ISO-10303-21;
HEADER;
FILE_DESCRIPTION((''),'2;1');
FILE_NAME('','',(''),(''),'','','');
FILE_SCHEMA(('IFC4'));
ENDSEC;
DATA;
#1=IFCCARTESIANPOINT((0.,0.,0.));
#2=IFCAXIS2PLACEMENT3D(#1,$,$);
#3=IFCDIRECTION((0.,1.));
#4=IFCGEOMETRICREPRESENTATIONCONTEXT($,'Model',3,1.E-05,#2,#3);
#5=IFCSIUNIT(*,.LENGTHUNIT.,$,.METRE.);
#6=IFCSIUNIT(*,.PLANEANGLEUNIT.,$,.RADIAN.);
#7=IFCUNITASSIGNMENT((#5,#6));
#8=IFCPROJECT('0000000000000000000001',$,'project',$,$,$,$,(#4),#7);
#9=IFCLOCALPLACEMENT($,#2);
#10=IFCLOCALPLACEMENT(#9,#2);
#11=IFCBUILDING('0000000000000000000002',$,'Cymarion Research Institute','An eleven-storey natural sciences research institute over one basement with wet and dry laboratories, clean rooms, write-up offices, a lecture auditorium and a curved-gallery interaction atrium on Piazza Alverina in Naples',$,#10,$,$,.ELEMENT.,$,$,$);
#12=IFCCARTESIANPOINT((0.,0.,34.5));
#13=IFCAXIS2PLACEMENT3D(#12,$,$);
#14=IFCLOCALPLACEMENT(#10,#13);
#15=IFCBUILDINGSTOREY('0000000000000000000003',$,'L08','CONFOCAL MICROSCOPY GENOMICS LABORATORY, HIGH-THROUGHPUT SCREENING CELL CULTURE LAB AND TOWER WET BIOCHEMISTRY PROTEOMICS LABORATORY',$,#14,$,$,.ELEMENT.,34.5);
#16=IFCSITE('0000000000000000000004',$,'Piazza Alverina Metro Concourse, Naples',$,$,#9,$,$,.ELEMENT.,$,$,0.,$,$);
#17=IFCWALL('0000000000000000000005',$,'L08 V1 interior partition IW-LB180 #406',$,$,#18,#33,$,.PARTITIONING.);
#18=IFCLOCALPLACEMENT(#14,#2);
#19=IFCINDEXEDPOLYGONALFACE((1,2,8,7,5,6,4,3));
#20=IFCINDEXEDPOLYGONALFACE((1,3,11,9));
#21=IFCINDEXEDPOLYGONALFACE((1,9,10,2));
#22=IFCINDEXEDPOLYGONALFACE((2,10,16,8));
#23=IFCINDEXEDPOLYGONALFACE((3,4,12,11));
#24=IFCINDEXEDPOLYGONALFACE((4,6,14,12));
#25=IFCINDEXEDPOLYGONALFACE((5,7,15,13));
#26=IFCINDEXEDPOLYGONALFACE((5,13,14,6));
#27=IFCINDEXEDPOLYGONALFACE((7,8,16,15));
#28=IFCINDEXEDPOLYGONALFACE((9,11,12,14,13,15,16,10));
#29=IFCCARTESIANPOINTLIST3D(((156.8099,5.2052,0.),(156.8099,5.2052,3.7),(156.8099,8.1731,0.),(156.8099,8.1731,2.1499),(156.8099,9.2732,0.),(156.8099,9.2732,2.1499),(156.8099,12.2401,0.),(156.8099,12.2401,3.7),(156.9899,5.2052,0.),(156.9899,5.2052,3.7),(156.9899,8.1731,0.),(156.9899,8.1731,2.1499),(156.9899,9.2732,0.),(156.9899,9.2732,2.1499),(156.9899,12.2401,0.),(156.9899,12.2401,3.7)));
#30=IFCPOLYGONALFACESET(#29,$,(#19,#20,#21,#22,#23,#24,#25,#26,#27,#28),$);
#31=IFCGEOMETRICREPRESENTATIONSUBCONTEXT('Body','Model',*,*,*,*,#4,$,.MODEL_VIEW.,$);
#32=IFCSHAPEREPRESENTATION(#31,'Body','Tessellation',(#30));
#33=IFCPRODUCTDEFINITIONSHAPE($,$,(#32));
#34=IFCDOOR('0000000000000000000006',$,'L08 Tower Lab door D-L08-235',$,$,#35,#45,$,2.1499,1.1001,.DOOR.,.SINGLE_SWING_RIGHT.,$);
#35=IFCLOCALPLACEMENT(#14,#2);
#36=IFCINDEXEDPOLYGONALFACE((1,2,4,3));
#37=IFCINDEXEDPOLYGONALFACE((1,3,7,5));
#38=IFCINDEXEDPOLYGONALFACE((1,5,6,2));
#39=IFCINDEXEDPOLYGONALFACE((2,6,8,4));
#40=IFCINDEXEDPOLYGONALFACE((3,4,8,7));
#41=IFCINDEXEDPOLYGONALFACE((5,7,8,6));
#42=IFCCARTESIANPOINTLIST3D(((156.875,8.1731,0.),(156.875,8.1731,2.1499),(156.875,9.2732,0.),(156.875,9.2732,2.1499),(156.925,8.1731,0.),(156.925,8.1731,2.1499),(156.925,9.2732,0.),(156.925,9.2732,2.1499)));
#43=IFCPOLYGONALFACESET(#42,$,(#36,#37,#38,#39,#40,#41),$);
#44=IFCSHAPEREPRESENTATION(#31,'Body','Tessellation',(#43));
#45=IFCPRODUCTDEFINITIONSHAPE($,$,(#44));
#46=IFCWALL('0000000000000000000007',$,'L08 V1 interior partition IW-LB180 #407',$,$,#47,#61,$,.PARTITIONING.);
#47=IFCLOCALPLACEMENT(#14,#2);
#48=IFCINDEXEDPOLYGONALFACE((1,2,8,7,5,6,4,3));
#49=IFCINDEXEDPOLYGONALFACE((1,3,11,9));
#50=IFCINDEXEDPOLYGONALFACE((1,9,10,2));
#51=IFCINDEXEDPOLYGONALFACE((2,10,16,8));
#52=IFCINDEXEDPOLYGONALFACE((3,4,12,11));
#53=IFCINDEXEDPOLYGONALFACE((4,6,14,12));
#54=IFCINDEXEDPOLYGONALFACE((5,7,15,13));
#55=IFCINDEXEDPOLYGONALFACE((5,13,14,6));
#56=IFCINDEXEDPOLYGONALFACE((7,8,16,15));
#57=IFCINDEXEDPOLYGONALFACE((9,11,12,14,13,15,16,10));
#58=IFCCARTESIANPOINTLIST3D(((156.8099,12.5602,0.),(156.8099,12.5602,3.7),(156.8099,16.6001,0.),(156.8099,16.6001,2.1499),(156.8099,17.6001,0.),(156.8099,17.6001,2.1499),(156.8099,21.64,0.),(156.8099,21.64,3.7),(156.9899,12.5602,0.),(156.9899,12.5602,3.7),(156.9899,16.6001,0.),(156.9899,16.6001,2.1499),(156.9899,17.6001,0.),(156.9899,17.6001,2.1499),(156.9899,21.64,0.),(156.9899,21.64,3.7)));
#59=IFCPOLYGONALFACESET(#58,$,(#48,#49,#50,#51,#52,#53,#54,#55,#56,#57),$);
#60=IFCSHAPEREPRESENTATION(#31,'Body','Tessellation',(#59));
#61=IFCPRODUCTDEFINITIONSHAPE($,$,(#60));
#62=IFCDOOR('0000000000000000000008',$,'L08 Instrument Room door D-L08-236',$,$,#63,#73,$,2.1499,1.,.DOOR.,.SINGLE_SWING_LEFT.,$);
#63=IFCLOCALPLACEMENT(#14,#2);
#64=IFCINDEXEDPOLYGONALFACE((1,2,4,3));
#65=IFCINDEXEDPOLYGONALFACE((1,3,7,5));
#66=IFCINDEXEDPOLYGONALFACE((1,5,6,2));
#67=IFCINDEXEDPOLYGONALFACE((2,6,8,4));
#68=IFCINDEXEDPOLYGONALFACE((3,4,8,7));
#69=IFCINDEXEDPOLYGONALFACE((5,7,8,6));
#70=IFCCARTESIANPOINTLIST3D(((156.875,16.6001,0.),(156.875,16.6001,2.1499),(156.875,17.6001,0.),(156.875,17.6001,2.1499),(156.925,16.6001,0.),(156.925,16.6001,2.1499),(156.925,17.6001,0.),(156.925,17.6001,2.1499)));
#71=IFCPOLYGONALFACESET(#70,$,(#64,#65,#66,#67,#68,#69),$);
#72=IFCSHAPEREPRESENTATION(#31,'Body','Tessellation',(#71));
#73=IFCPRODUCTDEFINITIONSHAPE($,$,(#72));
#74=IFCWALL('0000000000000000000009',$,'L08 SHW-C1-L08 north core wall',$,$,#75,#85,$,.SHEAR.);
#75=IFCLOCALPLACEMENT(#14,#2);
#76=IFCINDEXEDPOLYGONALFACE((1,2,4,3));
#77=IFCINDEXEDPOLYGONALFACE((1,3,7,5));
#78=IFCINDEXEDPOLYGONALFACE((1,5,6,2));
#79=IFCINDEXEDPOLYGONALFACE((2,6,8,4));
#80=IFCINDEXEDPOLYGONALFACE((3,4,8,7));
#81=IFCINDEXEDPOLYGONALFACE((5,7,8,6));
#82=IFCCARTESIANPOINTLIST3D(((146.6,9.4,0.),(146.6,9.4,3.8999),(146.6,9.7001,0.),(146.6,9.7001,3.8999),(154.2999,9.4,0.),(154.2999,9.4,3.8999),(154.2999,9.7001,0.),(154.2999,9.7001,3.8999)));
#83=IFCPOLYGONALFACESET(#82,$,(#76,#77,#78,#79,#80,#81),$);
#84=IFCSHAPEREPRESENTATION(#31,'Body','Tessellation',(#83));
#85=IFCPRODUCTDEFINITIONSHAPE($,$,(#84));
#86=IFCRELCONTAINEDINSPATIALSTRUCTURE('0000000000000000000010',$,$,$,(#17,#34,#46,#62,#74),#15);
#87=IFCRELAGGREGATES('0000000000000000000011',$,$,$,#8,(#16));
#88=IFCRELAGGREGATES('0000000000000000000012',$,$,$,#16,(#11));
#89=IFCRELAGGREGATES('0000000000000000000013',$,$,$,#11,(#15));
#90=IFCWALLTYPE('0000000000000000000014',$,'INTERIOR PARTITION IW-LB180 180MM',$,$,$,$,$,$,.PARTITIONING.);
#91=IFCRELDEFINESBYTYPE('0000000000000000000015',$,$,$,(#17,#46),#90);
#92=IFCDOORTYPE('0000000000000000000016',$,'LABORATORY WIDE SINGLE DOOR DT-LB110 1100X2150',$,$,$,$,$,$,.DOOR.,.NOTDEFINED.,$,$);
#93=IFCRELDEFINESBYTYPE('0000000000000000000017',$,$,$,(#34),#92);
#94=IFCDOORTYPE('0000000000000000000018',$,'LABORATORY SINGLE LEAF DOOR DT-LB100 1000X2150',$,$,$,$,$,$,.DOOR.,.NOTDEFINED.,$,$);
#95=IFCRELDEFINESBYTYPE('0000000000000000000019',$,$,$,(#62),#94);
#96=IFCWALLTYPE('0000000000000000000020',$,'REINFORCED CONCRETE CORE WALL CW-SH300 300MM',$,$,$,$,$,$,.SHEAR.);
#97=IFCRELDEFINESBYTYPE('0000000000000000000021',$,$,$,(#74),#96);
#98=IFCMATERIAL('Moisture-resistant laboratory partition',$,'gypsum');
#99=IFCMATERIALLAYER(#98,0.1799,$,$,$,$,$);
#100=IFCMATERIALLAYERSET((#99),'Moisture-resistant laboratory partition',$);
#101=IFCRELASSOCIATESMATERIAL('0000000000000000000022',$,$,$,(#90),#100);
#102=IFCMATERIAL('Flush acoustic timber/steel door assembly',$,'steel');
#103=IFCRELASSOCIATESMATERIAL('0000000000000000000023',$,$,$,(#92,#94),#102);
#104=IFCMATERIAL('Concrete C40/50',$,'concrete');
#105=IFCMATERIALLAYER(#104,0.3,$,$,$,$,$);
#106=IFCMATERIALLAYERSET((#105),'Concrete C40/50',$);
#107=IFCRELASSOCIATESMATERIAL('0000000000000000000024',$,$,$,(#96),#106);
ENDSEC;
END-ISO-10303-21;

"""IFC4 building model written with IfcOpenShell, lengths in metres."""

from ifc_helpers import new_model, si_unit, direction, frame, frame_2d, origin, place, context, subcontext, project, spatial, rectangle, extrude, material, layer, layer_set, type_object, element, fill, save


model = new_model("IFC4")

# Units and contexts
model_context = context("Model", 3, precision=1e-05, world=origin(), true_north=direction((0.0, 1.0)))
body_context = subcontext(model_context, "Body", "Model", "MODEL_VIEW")
ifc_project = project(units=[si_unit("LENGTHUNIT", "METRE"), si_unit("PLANEANGLEUNIT", "RADIAN")], contexts=[model_context])

# Site, building, storey
site_placement = place(None, origin())
site = spatial("IfcSite", under=ifc_project, at=site_placement, Name="Piazza Alverina Metro Concourse, Naples", CompositionType="ELEMENT", RefElevation=0.0)
building_placement = place(site_placement, origin())
building = spatial("IfcBuilding", under=site, at=building_placement, Name="Cymarion Research Institute", Description="An eleven-storey natural sciences research institute over one basement with wet and dry laboratories, clean rooms, write-up offices, a lecture auditorium and a curved-gallery interaction atrium on Piazza Alverina in Naples", CompositionType="ELEMENT")
storey_placement = place(building_placement, frame((0.0, 0.0, 34.5)))
storey = spatial("IfcBuildingStorey", under=building, at=storey_placement, Name="L08", Description="CONFOCAL MICROSCOPY GENOMICS LABORATORY, HIGH-THROUGHPUT SCREENING CELL CULTURE LAB AND TOWER WET BIOCHEMISTRY PROTEOMICS LABORATORY", CompositionType="ELEMENT", Elevation=34.5)

# Shared definitions
ifc_material_1 = material(Name="Moisture-resistant laboratory partition", Category="gypsum")
ifc_layer_1 = layer(ifc_material_1, 0.1799)
ifc_layer_set_1 = layer_set([ifc_layer_1], Name="Moisture-resistant laboratory partition")
wall_type_1 = type_object("IfcWallType", Name="INTERIOR PARTITION IW-LB180 180MM", PredefinedType="PARTITIONING", material=ifc_layer_set_1)

# Walls, openings, doors
wall_1_placement = place(storey_placement, frame((156.8999, 5.2051, 0.0), z_axis=(0.0, 0.0, 1.0), x_axis=(0.0, 1.0, 0.0)))
wall_1 = element("IfcWall", 1, at=wall_1_placement, inside=storey, type_object=wall_type_1, Name="L08 V1 interior partition IW-LB180 #406", PredefinedType="PARTITIONING", context=body_context, shape_type="SweptSolid", body=[
    extrude(rectangle(XDim=7.0349, YDim=0.1799, at=frame_2d((3.5176, 0.0))), origin(), (0.0, 0.0, 1.0), 3.7),
])
opening_1_placement = place(wall_1_placement, frame((2.968, 0.0, 0.0)))
opening_1 = element("IfcOpeningElement", 2, at=opening_1_placement, cuts=wall_1, PredefinedType="OPENING", context=body_context, shape_type="SweptSolid", body=[
    extrude(rectangle(XDim=1.1001, YDim=2.1499, at=frame_2d((0.55, 1.075))), frame((0.0, 0.0999, 0.0), z_axis=(0.0, -1.0, 0.0), x_axis=(1.0, 0.0, 0.0)), (0.0, 0.0, 1.0), 0.2),
])
ifc_material_2 = material(Name="Flush acoustic timber/steel door assembly", Category="steel")
door_type_1 = type_object("IfcDoorType", Name="LABORATORY WIDE SINGLE DOOR DT-LB110 1100X2150", OperationType="NOTDEFINED", PredefinedType="DOOR", material=ifc_material_2)
door_1_placement = place(opening_1_placement, origin())
door_1 = element("IfcDoor", 3, at=door_1_placement, inside=storey, type_object=door_type_1, Name="L08 Tower Lab door D-L08-235", OperationType="SINGLE_SWING_RIGHT", OverallHeight=2.1499, OverallWidth=1.1001, PredefinedType="DOOR", context=body_context, shape_type="SweptSolid", body=[
    extrude(rectangle(XDim=1.1001, YDim=2.1499, at=frame_2d((0.55, 1.075))), frame((0.0, 0.0249, 0.0), z_axis=(0.0, -1.0, 0.0), x_axis=(1.0, 0.0, 0.0)), (0.0, 0.0, 1.0), 0.05),
])
fill(opening_1, door_1)
wall_2_placement = place(storey_placement, frame((156.8999, 12.5601, 0.0), z_axis=(0.0, 0.0, 1.0), x_axis=(0.0, 1.0, 0.0)))
wall_2 = element("IfcWall", 4, at=wall_2_placement, inside=storey, type_object=wall_type_1, Name="L08 V1 interior partition IW-LB180 #407", PredefinedType="PARTITIONING", context=body_context, shape_type="SweptSolid", body=[
    extrude(rectangle(XDim=9.0798, YDim=0.1799, at=frame_2d((4.54, 0.0))), origin(), (0.0, 0.0, 1.0), 3.7),
])
opening_2_placement = place(wall_2_placement, frame((4.04, 0.0, 0.0)))
opening_2 = element("IfcOpeningElement", 5, at=opening_2_placement, cuts=wall_2, PredefinedType="OPENING", context=body_context, shape_type="SweptSolid", body=[
    extrude(rectangle(XDim=1.0, YDim=2.1499, at=frame_2d((0.5, 1.075))), frame((0.0, 0.0999, 0.0), z_axis=(0.0, -1.0, 0.0), x_axis=(1.0, 0.0, 0.0)), (0.0, 0.0, 1.0), 0.2),
])
door_type_2 = type_object("IfcDoorType", Name="LABORATORY SINGLE LEAF DOOR DT-LB100 1000X2150", OperationType="NOTDEFINED", PredefinedType="DOOR", material=ifc_material_2)
door_2_placement = place(opening_2_placement, origin())
door_2 = element("IfcDoor", 6, at=door_2_placement, inside=storey, type_object=door_type_2, Name="L08 Instrument Room door D-L08-236", OperationType="SINGLE_SWING_LEFT", OverallHeight=2.1499, OverallWidth=1.0, PredefinedType="DOOR", context=body_context, shape_type="SweptSolid", body=[
    extrude(rectangle(XDim=1.0, YDim=2.1499, at=frame_2d((0.5, 1.075))), frame((0.0, 0.0249, 0.0), z_axis=(0.0, -1.0, 0.0), x_axis=(1.0, 0.0, 0.0)), (0.0, 0.0, 1.0), 0.05),
])
fill(opening_2, door_2)

# Wall
ifc_material_3 = material(Name="Concrete C40/50", Category="concrete")
ifc_layer_2 = layer(ifc_material_3, 0.3)
ifc_layer_set_2 = layer_set([ifc_layer_2], Name="Concrete C40/50")
wall_type_2 = type_object("IfcWallType", Name="REINFORCED CONCRETE CORE WALL CW-SH300 300MM", PredefinedType="SHEAR", material=ifc_layer_set_2)
wall_3_placement = place(storey_placement, frame((154.3, 9.55, 0.0), z_axis=(0.0, 0.0, 1.0), x_axis=(-1.0, 0.0, 0.0)))
element("IfcWall", 7, at=wall_3_placement, inside=storey, type_object=wall_type_2, Name="L08 SHW-C1-L08 north core wall", PredefinedType="SHEAR", context=body_context, shape_type="SweptSolid", body=[
    extrude(rectangle(XDim=7.7, YDim=0.3, at=frame_2d((3.8501, 0.0))), origin(), (0.0, 0.0, 1.0), 3.8999),
])

save(model, "model.ifc")
